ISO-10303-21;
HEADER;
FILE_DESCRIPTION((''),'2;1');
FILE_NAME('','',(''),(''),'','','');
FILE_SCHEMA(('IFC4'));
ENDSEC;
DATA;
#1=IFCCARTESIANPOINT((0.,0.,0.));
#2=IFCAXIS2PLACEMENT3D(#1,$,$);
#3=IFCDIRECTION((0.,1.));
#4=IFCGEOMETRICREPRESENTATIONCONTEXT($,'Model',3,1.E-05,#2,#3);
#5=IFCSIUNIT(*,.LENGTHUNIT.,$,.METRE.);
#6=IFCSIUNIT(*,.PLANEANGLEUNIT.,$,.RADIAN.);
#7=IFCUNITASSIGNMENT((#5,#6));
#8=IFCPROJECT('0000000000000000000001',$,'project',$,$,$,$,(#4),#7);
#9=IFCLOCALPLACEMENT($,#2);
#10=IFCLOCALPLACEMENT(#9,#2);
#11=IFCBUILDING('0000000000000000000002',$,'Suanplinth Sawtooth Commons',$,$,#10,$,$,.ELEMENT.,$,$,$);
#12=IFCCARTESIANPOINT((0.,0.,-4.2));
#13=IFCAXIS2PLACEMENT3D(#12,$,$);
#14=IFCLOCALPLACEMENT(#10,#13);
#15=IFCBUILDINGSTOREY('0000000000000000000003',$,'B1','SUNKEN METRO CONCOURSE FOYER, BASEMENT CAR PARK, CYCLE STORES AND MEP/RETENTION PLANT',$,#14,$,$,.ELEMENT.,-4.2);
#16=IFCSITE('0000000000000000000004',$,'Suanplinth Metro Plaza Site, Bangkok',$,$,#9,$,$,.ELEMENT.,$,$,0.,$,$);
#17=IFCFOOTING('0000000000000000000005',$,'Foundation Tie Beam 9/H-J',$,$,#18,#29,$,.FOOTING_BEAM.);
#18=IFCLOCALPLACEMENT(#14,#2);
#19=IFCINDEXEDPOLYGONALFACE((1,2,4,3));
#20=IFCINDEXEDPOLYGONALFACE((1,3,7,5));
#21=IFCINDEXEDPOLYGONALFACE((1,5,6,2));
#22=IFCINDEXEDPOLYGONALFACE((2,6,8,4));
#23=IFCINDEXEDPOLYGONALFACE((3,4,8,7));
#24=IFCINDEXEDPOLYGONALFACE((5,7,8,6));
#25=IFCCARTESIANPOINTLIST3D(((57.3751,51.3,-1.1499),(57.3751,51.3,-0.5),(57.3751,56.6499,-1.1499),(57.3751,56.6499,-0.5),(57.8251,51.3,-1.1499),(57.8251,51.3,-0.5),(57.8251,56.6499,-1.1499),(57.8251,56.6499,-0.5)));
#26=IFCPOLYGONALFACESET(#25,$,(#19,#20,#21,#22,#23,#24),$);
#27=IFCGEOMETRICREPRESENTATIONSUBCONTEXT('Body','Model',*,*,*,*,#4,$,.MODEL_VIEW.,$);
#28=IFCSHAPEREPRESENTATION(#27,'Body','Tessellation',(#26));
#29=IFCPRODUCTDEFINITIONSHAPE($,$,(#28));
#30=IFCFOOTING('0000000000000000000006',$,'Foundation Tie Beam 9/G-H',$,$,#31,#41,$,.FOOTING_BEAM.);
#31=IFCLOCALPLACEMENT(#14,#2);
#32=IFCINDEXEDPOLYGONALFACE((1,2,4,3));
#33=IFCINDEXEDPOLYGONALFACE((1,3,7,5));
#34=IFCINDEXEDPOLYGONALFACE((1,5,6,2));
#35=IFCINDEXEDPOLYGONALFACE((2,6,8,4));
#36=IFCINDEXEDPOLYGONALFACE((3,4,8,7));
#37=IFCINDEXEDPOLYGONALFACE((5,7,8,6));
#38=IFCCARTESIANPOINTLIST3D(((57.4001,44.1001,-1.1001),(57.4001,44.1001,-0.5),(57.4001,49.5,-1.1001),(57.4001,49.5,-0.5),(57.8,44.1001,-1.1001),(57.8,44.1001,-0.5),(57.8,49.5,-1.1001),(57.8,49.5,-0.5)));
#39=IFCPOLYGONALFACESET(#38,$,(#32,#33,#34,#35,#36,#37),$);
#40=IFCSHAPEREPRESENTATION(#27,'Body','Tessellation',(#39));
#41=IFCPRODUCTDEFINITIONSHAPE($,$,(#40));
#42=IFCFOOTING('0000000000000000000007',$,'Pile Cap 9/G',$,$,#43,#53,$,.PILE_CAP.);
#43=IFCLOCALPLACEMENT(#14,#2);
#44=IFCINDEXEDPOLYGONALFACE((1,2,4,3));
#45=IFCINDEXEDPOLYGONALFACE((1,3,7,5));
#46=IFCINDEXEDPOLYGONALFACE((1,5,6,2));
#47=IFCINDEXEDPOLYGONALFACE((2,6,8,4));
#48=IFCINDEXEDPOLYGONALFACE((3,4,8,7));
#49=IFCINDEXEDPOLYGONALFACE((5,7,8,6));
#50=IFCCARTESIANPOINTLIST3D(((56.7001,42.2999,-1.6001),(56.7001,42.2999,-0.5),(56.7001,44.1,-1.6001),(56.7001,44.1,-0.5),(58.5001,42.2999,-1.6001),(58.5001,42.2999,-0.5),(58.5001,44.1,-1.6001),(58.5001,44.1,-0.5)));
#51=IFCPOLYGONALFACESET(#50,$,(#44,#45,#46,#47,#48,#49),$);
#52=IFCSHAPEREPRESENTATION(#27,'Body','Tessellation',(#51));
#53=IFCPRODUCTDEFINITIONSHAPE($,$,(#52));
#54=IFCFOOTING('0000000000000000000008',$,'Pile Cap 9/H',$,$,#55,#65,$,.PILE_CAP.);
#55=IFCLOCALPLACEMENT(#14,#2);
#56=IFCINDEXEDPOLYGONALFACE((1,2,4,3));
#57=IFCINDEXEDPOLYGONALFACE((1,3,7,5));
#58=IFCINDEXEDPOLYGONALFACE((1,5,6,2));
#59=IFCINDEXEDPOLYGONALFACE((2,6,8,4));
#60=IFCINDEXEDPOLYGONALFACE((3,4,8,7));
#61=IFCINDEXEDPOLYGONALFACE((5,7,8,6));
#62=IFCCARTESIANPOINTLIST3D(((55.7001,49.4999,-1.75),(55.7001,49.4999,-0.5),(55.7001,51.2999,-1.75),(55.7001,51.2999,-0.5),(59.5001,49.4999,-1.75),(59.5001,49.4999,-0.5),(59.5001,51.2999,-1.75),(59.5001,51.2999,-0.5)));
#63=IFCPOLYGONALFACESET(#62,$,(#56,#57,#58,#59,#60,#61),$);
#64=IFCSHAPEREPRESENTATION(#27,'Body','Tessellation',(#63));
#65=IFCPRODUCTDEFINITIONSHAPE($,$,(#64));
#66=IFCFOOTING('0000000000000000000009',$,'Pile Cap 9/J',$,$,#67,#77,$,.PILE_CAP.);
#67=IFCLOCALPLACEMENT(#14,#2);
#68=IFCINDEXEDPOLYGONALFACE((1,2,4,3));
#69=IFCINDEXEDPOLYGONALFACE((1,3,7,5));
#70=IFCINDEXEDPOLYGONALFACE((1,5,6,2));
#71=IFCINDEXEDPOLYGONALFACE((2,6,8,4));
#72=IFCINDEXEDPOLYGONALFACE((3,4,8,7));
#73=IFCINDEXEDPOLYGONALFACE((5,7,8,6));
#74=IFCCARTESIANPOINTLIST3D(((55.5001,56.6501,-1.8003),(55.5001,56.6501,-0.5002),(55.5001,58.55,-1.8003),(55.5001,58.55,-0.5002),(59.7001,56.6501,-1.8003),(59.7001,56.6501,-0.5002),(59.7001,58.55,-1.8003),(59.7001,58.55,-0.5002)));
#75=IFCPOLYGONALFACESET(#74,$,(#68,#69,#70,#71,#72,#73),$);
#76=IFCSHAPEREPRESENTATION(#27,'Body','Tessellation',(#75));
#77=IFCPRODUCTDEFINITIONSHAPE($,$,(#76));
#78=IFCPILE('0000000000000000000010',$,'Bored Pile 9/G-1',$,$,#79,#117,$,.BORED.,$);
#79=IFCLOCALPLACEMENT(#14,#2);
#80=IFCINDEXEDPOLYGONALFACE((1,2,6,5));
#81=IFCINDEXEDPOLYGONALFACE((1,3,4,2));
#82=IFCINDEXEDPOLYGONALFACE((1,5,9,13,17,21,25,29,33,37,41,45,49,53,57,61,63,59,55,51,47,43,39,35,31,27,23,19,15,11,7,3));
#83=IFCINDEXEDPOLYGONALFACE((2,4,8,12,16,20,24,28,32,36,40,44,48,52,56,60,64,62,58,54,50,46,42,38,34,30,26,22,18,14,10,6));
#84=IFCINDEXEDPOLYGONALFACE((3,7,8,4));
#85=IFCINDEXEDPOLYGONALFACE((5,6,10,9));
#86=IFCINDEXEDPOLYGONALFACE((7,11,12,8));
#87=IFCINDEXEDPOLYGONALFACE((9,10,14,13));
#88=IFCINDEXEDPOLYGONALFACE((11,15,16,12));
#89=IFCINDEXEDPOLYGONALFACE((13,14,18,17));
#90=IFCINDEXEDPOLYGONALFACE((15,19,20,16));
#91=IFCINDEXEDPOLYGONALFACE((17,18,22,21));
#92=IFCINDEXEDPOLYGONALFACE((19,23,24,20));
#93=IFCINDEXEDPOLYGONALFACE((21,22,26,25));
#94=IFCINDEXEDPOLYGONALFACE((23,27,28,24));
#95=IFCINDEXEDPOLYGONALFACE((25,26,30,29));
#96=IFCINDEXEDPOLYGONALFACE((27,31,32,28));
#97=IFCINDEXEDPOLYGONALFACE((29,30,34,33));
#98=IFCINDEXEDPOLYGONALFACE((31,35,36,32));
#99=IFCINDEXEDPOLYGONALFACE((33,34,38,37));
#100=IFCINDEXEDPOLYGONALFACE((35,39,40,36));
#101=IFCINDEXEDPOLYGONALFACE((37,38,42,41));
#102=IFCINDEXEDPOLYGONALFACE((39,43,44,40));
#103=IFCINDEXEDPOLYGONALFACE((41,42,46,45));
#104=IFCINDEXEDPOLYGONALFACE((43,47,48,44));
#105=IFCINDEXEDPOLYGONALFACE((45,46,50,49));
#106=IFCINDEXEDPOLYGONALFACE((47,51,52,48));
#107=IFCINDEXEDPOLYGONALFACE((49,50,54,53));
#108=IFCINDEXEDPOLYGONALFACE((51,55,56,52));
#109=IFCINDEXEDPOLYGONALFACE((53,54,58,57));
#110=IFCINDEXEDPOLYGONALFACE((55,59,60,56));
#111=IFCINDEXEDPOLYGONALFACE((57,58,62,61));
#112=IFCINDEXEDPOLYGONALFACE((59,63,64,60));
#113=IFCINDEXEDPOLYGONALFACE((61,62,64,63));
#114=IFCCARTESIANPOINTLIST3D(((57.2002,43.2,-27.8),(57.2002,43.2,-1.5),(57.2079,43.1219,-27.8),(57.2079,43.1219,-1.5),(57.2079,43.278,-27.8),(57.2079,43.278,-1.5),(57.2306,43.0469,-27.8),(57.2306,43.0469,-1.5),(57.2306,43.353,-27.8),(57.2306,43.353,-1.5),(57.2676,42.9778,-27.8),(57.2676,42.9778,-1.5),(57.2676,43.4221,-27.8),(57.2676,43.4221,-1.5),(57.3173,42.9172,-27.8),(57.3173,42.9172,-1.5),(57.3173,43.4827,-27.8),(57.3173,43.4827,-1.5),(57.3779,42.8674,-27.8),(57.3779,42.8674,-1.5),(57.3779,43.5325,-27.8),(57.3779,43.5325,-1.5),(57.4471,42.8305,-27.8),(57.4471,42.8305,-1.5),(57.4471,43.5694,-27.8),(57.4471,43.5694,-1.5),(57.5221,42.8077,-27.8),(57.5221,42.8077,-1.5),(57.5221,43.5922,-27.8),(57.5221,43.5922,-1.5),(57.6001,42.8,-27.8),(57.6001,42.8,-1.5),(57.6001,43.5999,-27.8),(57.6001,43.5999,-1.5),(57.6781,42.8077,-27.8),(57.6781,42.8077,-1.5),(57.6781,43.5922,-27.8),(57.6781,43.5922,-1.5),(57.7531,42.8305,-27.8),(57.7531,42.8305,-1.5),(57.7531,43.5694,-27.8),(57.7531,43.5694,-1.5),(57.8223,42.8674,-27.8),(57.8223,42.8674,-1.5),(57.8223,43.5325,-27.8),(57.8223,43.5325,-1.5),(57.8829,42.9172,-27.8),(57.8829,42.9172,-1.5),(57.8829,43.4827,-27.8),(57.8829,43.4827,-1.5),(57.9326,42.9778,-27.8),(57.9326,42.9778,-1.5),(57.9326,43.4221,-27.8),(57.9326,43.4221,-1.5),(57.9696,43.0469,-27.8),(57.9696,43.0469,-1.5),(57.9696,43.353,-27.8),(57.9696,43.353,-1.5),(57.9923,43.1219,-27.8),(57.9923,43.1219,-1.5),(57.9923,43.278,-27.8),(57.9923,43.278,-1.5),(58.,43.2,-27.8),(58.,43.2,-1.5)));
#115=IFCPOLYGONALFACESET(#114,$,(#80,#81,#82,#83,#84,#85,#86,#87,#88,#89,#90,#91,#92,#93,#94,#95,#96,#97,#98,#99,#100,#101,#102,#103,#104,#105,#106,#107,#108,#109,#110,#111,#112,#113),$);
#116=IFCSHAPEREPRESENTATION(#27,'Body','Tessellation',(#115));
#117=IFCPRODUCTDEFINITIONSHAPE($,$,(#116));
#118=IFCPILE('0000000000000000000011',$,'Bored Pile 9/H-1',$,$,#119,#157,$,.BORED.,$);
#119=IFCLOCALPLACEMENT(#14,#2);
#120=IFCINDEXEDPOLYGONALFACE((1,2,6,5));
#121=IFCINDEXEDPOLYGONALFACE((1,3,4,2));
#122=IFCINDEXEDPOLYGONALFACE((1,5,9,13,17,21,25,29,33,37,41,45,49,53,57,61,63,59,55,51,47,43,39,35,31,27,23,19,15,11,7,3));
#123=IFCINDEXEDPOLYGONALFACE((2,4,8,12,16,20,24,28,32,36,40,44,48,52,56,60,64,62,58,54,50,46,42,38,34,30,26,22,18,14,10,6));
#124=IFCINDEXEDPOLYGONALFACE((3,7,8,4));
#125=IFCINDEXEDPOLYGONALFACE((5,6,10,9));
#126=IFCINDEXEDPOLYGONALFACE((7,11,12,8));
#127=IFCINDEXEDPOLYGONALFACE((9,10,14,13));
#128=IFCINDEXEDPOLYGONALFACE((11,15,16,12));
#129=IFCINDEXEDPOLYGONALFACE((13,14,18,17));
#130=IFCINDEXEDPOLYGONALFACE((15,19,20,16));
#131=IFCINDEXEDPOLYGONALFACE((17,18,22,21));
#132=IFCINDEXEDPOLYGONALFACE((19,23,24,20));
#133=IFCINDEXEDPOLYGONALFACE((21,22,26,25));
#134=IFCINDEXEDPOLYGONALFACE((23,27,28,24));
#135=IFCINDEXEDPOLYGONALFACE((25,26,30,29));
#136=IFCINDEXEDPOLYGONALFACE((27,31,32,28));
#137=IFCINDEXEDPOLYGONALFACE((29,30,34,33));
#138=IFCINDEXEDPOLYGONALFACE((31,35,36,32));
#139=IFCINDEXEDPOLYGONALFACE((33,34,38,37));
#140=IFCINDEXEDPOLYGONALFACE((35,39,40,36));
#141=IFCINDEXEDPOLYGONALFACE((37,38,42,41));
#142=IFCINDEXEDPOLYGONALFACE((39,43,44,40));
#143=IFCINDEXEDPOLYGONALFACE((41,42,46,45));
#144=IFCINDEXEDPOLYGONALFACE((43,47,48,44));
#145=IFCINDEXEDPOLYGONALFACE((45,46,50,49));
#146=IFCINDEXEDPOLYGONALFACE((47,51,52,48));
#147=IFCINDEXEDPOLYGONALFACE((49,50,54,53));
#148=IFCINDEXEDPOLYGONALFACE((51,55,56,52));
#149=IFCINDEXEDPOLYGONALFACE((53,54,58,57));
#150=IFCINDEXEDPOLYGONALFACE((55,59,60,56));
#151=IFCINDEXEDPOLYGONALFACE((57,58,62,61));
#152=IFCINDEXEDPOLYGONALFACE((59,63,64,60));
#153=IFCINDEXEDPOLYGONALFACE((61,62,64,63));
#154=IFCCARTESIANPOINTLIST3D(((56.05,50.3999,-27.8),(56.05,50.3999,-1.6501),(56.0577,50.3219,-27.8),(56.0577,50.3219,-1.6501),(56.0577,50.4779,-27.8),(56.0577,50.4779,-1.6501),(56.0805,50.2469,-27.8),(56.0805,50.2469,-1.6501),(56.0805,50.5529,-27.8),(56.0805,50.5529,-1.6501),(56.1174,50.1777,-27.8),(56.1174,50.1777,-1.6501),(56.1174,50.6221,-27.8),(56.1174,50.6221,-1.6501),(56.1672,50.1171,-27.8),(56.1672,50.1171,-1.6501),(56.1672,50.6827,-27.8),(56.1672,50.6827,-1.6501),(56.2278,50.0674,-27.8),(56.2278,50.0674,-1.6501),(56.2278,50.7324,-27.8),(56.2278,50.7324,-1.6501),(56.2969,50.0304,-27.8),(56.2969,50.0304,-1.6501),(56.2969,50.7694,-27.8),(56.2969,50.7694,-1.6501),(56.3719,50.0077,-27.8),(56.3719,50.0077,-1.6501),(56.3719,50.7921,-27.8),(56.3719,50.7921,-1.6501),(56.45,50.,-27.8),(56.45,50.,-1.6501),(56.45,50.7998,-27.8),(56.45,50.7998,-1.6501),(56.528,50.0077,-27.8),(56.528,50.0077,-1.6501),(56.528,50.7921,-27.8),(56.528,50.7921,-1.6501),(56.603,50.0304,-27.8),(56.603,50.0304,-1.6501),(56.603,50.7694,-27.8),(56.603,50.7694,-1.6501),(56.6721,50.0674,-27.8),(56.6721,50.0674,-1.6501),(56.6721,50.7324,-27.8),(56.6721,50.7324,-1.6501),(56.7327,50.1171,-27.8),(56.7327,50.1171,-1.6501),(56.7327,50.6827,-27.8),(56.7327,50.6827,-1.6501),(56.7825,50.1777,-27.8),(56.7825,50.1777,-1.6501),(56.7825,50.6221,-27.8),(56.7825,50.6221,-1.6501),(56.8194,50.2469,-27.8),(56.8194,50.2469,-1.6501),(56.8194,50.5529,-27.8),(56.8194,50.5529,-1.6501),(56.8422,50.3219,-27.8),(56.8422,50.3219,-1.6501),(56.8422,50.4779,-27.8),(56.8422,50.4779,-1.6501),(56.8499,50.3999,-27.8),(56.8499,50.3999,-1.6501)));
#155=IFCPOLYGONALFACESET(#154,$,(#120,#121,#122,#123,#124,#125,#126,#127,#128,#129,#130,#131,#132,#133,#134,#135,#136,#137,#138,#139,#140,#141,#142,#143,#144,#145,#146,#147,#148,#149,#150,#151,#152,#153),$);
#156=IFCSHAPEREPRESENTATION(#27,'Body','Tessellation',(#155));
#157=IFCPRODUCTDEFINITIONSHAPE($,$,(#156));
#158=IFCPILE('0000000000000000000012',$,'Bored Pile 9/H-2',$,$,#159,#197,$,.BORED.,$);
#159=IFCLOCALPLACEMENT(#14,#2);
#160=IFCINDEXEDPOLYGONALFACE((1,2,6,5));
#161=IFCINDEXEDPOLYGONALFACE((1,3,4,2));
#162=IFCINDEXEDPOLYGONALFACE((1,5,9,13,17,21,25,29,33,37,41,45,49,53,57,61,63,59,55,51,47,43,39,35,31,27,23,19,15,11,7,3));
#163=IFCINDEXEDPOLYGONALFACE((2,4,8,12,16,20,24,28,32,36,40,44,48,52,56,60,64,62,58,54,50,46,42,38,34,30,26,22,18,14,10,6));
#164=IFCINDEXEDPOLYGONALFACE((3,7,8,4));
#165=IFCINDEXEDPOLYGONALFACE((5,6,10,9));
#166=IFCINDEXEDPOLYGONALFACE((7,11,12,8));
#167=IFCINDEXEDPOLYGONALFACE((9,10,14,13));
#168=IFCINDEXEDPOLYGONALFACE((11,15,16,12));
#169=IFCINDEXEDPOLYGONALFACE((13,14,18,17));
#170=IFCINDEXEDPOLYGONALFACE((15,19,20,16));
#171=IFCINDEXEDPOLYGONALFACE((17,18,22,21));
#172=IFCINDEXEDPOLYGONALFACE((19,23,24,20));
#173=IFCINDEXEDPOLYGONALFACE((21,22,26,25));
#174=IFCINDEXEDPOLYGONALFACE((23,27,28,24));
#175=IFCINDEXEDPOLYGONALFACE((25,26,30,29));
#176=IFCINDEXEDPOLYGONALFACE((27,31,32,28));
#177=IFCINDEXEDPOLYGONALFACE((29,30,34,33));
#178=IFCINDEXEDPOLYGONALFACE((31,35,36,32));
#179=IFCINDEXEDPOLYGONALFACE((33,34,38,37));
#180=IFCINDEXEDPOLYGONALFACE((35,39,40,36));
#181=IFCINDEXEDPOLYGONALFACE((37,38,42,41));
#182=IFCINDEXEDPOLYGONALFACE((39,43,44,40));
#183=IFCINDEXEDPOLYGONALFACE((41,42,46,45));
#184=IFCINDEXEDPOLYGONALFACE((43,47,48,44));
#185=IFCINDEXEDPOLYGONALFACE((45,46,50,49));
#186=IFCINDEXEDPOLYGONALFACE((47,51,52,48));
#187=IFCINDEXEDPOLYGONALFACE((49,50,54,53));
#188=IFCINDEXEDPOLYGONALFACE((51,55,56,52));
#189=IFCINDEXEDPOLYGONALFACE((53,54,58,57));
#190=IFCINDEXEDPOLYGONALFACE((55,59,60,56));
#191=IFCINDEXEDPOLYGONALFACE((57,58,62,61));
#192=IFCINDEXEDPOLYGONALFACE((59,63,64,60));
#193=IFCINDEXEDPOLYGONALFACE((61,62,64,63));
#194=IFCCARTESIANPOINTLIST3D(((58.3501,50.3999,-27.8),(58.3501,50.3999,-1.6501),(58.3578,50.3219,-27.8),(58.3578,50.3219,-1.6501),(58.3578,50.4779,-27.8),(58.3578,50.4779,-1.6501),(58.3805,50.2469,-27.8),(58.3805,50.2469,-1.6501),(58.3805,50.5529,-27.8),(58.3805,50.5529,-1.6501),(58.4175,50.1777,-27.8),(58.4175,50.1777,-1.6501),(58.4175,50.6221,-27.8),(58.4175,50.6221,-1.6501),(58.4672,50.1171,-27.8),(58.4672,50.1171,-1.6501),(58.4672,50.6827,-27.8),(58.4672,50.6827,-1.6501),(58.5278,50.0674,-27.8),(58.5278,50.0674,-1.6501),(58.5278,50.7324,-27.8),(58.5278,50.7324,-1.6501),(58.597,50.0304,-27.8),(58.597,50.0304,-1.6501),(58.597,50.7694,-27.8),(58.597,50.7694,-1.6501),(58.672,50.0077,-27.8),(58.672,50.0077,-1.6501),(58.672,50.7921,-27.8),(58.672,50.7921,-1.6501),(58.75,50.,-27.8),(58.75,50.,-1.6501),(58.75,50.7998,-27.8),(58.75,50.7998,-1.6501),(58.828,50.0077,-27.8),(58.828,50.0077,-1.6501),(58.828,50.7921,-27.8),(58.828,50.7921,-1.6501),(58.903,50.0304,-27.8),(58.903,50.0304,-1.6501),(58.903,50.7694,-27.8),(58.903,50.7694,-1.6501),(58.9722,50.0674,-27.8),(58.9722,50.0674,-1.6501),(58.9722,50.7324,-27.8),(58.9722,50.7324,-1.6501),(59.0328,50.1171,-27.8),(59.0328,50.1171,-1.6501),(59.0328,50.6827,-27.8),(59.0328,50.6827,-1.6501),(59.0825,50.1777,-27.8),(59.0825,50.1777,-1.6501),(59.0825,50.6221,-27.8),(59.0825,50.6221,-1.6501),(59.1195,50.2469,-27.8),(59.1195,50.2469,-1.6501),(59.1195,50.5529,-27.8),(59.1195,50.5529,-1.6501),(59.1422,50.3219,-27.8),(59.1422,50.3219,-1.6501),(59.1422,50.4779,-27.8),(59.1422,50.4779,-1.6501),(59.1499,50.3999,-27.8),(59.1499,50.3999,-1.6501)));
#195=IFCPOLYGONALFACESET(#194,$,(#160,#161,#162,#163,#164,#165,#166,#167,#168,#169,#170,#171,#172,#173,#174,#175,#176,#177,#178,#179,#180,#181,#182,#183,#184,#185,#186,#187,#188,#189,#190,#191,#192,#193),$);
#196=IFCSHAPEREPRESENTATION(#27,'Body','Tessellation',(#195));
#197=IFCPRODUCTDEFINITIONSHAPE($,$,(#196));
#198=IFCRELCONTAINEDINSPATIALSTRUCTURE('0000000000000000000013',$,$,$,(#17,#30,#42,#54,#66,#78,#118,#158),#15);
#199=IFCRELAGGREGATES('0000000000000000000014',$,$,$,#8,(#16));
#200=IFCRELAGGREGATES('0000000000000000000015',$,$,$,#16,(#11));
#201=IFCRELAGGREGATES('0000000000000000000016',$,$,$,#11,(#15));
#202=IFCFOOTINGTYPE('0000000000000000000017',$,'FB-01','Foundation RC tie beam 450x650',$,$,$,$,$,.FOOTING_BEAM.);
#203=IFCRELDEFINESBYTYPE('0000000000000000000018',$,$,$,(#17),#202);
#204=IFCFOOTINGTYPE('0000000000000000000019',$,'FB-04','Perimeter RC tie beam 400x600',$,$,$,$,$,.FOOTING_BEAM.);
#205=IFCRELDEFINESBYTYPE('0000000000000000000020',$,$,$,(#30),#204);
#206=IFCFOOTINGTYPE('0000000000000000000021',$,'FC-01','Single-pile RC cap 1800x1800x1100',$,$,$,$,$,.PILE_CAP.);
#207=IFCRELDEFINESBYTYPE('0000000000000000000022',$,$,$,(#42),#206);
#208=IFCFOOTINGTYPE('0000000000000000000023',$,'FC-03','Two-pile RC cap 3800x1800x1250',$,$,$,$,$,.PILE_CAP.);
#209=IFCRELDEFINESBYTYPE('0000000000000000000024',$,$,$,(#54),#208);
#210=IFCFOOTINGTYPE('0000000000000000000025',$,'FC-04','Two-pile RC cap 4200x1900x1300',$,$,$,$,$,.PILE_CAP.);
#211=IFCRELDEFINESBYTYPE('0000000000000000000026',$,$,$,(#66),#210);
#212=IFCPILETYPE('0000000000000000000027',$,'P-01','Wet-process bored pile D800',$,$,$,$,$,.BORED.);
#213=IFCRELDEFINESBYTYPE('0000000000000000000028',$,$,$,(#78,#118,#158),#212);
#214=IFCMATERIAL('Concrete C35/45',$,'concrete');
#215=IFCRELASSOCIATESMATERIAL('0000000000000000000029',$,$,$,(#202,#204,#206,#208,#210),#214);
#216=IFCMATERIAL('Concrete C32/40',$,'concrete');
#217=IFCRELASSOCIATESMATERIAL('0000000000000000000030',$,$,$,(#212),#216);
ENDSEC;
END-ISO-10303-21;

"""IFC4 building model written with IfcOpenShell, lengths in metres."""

from ifc_helpers import new_model, si_unit, direction, frame, origin, origin_2d, place, context, subcontext, project, spatial, rectangle, circle, extrude, material, material_profile, profile_set, type_object, element, save


model = new_model("IFC4")

# Units and contexts
model_context = context("Model", 3, precision=1e-05, world=origin(), true_north=direction((0.0, 1.0)))
body_context = subcontext(model_context, "Body", "Model", "MODEL_VIEW")
ifc_project = project(units=[si_unit("LENGTHUNIT", "METRE"), si_unit("PLANEANGLEUNIT", "RADIAN")], contexts=[model_context])

# Site, building, storey
site_placement = place(None, origin())
site = spatial("IfcSite", under=ifc_project, at=site_placement, Name="Suanplinth Metro Plaza Site, Bangkok", CompositionType="ELEMENT", RefElevation=0.0)
building_placement = place(site_placement, origin())
building = spatial("IfcBuilding", under=site, at=building_placement, Name="Suanplinth Sawtooth Commons", CompositionType="ELEMENT")
storey_placement = place(building_placement, frame((0.0, 0.0, -4.2)))
storey = spatial("IfcBuildingStorey", under=building, at=storey_placement, Name="B1", Description="SUNKEN METRO CONCOURSE FOYER, BASEMENT CAR PARK, CYCLE STORES AND MEP/RETENTION PLANT", CompositionType="ELEMENT", Elevation=-4.2)

# Footings
ifc_material_1 = material(Name="Concrete C35/45", Category="concrete")
ifc_material_profile_1 = material_profile(ifc_material_1, rectangle(XDim=0.45, YDim=0.6499, at=origin_2d()), Name="PC-GDR 450x650")
ifc_profile_set_1 = profile_set([ifc_material_profile_1], Name="Concrete C35/45")
footing_type_1 = type_object("IfcFootingType", Name="FB-01", Description="Foundation RC tie beam 450x650", PredefinedType="FOOTING_BEAM", material=ifc_profile_set_1)
footing_1_placement = place(storey_placement, frame((57.6001, 51.3, -0.825), z_axis=(0.0, 1.0, 0.0), x_axis=(-1.0, 0.0, 0.0)))
element("IfcFooting", 1, at=footing_1_placement, inside=storey, type_object=footing_type_1, Name="Foundation Tie Beam 9/H-J", PredefinedType="FOOTING_BEAM", context=body_context, shape_type="SweptSolid", body=[
    extrude(rectangle(XDim=0.45, YDim=0.6499, at=origin_2d()), origin(), (0.0, 0.0, 1.0), 5.3499),
])
ifc_material_profile_2 = material_profile(ifc_material_1, rectangle(XDim=0.3999, YDim=0.6001, at=origin_2d()), Name="PC-GDR 400x600")
ifc_profile_set_2 = profile_set([ifc_material_profile_2], Name="Concrete C35/45")
footing_type_2 = type_object("IfcFootingType", Name="FB-04", Description="Perimeter RC tie beam 400x600", PredefinedType="FOOTING_BEAM", material=ifc_profile_set_2)
footing_2_placement = place(storey_placement, frame((57.6001, 44.1001, -0.8), z_axis=(0.0, 1.0, 0.0), x_axis=(-1.0, 0.0, 0.0)))
element("IfcFooting", 2, at=footing_2_placement, inside=storey, type_object=footing_type_2, Name="Foundation Tie Beam 9/G-H", PredefinedType="FOOTING_BEAM", context=body_context, shape_type="SweptSolid", body=[
    extrude(rectangle(XDim=0.3999, YDim=0.6001, at=origin_2d()), origin(), (0.0, 0.0, 1.0), 5.3999),
])
footing_type_3 = type_object("IfcFootingType", Name="FC-01", Description="Single-pile RC cap 1800x1800x1100", PredefinedType="PILE_CAP", material=ifc_material_1)
footing_3_placement = place(storey_placement, frame((57.6001, 43.2, -1.6001), z_axis=(0.0, 0.0, 1.0), x_axis=(1.0, 0.0, 0.0)))
element("IfcFooting", 3, at=footing_3_placement, inside=storey, type_object=footing_type_3, Name="Pile Cap 9/G", PredefinedType="PILE_CAP", context=body_context, shape_type="SweptSolid", body=[
    extrude(rectangle(XDim=1.8, YDim=1.8, at=origin_2d()), origin(), (0.0, 0.0, 1.0), 1.1001),
])
footing_type_4 = type_object("IfcFootingType", Name="FC-03", Description="Two-pile RC cap 3800x1800x1250", PredefinedType="PILE_CAP", material=ifc_material_1)
footing_4_placement = place(storey_placement, frame((57.6001, 50.3999, -1.75), z_axis=(0.0, 0.0, 1.0), x_axis=(1.0, 0.0, 0.0)))
element("IfcFooting", 4, at=footing_4_placement, inside=storey, type_object=footing_type_4, Name="Pile Cap 9/H", PredefinedType="PILE_CAP", context=body_context, shape_type="SweptSolid", body=[
    extrude(rectangle(XDim=3.8, YDim=1.8, at=origin_2d()), origin(), (0.0, 0.0, 1.0), 1.25),
])
footing_type_5 = type_object("IfcFootingType", Name="FC-04", Description="Two-pile RC cap 4200x1900x1300", PredefinedType="PILE_CAP", material=ifc_material_1)
footing_5_placement = place(storey_placement, frame((57.6001, 57.6001, -1.8003), z_axis=(0.0, 0.0, 1.0), x_axis=(1.0, 0.0, 0.0)))
element("IfcFooting", 5, at=footing_5_placement, inside=storey, type_object=footing_type_5, Name="Pile Cap 9/J", PredefinedType="PILE_CAP", context=body_context, shape_type="SweptSolid", body=[
    extrude(rectangle(XDim=4.2, YDim=1.8999, at=origin_2d()), origin(), (0.0, 0.0, 1.0), 1.3),
])

# Piles
ifc_material_2 = material(Name="Concrete C32/40", Category="concrete")
ifc_material_profile_3 = material_profile(ifc_material_2, circle(Radius=0.3999, at=origin_2d()), Name="PILE D800")
ifc_profile_set_3 = profile_set([ifc_material_profile_3], Name="Concrete C32/40")
pile_type_1 = type_object("IfcPileType", Name="P-01", Description="Wet-process bored pile D800", PredefinedType="BORED", material=ifc_profile_set_3)
pile_placement = place(storey_placement, frame((57.6001, 43.2, -1.5), z_axis=(0.0, 0.0, -1.0), x_axis=(1.0, 0.0, 0.0)))
element("IfcPile", 6, at=pile_placement, inside=storey, type_object=pile_type_1, Name="Bored Pile 9/G-1", PredefinedType="BORED", context=body_context, shape_type="SweptSolid", body=[
    extrude(circle(Radius=0.3999, at=origin_2d()), origin(), (0.0, 0.0, 1.0), 26.3),
])
for number, where, z_axis, x_axis, name in (
    (7, (56.45, 50.3999, -1.6501), (0.0, 0.0, -1.0), (1.0, 0.0, 0.0), "Bored Pile 9/H-1"),
    (8, (58.75, 50.3999, -1.6501), (0.0, 0.0, -1.0), (1.0, 0.0, 0.0), "Bored Pile 9/H-2"),
):
    element("IfcPile", number, at=place(storey_placement, frame(where, z_axis=z_axis, x_axis=x_axis)), inside=storey, type_object=pile_type_1, Name=name, PredefinedType="BORED", context=body_context, shape_type="SweptSolid", body=[
        extrude(circle(Radius=0.3999, at=origin_2d()), origin(), (0.0, 0.0, 1.0), 26.1499),
    ])

save(model, "model.ifc")
